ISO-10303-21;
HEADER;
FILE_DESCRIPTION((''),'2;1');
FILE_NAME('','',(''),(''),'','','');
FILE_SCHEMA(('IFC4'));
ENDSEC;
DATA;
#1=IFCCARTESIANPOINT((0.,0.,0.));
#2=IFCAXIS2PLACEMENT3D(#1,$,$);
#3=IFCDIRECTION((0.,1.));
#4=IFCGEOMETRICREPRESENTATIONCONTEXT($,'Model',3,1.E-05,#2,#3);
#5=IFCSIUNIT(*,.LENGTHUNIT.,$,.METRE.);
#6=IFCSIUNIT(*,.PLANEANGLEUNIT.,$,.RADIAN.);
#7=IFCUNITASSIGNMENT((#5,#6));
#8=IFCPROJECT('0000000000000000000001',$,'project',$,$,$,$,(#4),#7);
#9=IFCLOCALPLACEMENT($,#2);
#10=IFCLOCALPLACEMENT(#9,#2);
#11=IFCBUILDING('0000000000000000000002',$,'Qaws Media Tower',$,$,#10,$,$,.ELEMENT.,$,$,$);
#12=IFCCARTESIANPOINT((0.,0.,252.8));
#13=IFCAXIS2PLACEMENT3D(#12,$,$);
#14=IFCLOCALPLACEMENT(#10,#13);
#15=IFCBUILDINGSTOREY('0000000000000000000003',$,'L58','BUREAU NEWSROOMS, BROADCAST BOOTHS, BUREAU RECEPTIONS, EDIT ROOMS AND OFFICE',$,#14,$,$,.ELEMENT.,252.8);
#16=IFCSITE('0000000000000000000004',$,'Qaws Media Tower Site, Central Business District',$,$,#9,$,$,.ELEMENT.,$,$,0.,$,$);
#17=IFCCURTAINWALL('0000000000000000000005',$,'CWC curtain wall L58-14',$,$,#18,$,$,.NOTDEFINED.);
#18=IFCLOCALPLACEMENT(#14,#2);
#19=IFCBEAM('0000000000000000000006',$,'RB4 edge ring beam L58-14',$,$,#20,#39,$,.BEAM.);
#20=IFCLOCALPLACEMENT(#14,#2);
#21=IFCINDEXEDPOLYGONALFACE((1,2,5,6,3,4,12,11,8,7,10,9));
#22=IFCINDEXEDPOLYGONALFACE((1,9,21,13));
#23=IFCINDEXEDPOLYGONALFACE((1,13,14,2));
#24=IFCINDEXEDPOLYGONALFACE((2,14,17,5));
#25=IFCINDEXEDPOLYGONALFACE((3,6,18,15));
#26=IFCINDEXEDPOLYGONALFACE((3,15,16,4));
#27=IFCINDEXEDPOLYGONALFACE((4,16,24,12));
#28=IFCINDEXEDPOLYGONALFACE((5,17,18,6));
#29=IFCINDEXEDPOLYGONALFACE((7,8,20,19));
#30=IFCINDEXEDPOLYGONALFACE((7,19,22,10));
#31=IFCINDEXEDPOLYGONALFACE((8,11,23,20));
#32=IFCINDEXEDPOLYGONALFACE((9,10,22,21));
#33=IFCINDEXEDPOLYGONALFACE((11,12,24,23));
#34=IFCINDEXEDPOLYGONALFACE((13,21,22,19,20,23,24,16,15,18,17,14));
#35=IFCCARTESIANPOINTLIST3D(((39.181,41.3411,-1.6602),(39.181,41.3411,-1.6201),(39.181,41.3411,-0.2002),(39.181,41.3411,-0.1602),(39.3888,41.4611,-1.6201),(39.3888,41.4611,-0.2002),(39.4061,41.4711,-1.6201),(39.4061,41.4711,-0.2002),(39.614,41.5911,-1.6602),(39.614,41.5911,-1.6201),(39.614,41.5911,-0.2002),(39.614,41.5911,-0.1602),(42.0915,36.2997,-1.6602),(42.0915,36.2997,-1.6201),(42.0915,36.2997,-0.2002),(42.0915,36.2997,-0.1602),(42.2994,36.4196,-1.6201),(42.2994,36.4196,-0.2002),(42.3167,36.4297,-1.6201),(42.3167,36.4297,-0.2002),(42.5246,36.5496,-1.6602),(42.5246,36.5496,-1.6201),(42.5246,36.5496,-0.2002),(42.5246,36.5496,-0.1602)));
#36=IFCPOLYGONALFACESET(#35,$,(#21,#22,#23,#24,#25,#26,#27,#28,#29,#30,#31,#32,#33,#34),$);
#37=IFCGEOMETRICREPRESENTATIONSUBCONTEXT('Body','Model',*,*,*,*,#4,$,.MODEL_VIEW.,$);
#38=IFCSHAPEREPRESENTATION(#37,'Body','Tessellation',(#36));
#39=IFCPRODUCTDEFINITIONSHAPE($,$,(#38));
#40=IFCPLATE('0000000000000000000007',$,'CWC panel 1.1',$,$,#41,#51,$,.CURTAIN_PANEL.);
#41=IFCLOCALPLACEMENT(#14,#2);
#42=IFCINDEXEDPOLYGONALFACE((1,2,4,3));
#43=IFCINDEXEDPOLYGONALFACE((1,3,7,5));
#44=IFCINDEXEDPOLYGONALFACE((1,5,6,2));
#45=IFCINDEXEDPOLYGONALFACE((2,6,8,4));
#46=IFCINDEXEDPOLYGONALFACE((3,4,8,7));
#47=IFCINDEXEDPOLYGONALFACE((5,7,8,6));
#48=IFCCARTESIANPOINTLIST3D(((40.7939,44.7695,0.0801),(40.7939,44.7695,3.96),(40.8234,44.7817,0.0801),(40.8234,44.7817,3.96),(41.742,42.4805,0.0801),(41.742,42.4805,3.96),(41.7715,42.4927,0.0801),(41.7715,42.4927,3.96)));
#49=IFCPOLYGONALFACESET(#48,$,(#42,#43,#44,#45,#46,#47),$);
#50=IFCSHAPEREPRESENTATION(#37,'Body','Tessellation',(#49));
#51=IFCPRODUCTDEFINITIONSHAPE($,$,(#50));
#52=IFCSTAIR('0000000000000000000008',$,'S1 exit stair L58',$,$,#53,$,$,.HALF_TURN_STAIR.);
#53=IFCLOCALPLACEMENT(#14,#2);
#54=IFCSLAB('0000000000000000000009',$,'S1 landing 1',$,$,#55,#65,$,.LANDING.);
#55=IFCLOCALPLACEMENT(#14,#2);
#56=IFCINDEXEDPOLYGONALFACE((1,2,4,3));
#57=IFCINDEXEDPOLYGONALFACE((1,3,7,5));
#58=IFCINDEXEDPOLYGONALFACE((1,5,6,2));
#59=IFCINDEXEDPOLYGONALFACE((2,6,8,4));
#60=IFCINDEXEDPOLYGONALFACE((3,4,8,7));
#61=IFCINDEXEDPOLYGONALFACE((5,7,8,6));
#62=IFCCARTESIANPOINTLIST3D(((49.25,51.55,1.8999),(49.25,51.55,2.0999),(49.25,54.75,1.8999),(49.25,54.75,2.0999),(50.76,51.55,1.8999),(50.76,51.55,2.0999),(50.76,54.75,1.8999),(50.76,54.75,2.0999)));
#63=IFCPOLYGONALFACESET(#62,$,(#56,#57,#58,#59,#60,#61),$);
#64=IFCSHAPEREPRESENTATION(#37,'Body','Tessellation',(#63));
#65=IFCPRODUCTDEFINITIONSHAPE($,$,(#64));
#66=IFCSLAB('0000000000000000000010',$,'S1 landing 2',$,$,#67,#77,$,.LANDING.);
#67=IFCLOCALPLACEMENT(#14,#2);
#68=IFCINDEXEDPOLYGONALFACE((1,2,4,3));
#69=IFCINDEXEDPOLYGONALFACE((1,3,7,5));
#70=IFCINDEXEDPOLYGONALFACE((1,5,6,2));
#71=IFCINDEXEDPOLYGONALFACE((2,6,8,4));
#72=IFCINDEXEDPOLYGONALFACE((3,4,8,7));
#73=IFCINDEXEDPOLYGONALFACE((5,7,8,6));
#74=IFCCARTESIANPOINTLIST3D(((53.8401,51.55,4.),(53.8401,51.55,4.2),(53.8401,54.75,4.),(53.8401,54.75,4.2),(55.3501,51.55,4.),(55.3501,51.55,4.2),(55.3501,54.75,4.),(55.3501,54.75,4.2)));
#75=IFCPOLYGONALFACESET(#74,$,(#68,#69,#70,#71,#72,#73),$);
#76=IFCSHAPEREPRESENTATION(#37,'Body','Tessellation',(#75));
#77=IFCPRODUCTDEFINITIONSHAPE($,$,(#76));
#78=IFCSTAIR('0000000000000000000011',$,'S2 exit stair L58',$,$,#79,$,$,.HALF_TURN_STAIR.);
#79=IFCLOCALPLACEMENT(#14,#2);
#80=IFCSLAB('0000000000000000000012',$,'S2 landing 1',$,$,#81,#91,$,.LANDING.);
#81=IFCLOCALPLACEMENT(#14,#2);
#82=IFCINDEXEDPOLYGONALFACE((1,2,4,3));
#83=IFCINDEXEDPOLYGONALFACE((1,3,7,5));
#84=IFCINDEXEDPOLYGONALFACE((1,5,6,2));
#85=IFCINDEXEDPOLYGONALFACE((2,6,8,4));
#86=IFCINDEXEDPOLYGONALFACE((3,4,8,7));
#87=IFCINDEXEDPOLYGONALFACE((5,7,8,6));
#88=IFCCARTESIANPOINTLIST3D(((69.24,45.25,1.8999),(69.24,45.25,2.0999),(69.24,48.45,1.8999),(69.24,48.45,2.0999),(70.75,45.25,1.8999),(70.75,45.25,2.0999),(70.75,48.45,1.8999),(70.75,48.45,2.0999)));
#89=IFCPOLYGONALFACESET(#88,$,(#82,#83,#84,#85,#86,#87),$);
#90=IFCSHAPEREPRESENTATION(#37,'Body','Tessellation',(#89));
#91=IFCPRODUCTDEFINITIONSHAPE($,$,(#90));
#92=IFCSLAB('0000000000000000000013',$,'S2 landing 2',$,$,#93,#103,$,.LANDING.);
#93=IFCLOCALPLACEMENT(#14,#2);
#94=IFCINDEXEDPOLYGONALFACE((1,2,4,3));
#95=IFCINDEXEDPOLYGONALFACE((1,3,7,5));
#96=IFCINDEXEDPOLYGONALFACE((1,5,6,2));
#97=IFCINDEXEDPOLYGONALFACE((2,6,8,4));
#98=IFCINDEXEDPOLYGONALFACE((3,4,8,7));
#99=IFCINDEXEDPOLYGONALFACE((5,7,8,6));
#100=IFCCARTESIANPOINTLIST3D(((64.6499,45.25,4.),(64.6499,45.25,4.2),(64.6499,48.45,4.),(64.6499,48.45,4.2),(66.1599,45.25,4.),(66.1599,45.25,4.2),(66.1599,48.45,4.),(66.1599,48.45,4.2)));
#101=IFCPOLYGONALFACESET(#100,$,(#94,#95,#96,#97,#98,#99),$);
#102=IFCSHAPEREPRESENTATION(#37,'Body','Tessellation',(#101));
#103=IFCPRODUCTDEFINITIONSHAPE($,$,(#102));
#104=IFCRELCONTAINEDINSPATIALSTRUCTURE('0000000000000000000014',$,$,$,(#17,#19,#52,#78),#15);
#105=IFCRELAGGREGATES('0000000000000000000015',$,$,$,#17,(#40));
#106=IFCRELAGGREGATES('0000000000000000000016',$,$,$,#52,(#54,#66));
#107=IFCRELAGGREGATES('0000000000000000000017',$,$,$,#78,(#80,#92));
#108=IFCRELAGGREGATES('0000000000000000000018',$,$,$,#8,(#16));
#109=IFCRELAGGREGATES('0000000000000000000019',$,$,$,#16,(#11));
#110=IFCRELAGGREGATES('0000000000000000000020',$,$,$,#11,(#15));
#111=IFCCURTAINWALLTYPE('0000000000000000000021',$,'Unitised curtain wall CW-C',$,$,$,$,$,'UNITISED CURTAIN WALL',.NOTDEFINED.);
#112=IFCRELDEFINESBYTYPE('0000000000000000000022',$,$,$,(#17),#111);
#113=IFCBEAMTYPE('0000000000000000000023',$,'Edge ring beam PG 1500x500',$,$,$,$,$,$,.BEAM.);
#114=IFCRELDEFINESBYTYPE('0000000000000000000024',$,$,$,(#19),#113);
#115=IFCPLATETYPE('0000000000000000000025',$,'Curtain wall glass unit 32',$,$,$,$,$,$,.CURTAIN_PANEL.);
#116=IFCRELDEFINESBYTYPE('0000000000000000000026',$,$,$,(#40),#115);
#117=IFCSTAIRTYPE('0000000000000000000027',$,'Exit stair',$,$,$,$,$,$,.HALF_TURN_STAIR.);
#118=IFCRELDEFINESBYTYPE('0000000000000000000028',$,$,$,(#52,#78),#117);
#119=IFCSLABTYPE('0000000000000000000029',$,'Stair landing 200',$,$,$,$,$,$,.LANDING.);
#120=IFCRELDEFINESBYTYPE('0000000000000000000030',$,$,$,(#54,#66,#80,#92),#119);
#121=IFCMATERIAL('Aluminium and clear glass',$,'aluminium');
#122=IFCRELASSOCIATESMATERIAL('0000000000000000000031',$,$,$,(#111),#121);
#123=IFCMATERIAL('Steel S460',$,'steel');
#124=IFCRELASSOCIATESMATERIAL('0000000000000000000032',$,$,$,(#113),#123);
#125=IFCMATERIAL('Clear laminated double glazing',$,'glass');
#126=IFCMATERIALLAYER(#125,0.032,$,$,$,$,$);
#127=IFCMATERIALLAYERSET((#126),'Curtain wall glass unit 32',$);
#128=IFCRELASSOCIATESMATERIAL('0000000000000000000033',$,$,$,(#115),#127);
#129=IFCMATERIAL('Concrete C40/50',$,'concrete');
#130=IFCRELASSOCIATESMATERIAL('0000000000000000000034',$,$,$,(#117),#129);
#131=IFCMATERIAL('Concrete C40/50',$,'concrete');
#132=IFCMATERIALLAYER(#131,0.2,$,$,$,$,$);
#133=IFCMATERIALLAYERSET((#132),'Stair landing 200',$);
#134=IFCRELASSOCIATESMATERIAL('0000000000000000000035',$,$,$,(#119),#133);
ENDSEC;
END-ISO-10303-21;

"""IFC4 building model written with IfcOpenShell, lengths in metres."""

from ifc_helpers import new_model, si_unit, direction, frame, origin, origin_2d, place, context, subcontext, project, spatial, polyline, rectangle, i_section, outline, extrude, material, layer, layer_set, material_profile, profile_set, type_object, element, aggregate, save


model = new_model("IFC4")

# Units and contexts
model_context = context("Model", 3, precision=1e-05, world=origin(), true_north=direction((0.0, 1.0)))
body_context = subcontext(model_context, "Body", "Model", "MODEL_VIEW")
ifc_project = project(units=[si_unit("LENGTHUNIT", "METRE"), si_unit("PLANEANGLEUNIT", "RADIAN")], contexts=[model_context])

# Site, building, storey
site_placement = place(None, origin())
site = spatial("IfcSite", under=ifc_project, at=site_placement, Name="Qaws Media Tower Site, Central Business District", CompositionType="ELEMENT", RefElevation=0.0)
building_placement = place(site_placement, origin())
building = spatial("IfcBuilding", under=site, at=building_placement, Name="Qaws Media Tower", CompositionType="ELEMENT")
storey_placement = place(building_placement, frame((0.0, 0.0, 252.8)))
storey = spatial("IfcBuildingStorey", under=building, at=storey_placement, Name="L58", Description="BUREAU NEWSROOMS, BROADCAST BOOTHS, BUREAU RECEPTIONS, EDIT ROOMS AND OFFICE", CompositionType="ELEMENT", Elevation=252.8)

# Curtain wall
ifc_material_1 = material(Name="Aluminium and clear glass", Category="aluminium")
curtain_wall_type = type_object("IfcCurtainWallType", Name="Unitised curtain wall CW-C", ElementType="UNITISED CURTAIN WALL", PredefinedType="NOTDEFINED", material=ifc_material_1)
curtain_wall_placement = place(storey_placement, origin())
curtain_wall = element("IfcCurtainWall", 1, at=curtain_wall_placement, inside=storey, type_object=curtain_wall_type, Name="CWC curtain wall L58-14", PredefinedType="NOTDEFINED")

# Beam
ifc_material_2 = material(Name="Steel S460", Category="steel")
ifc_material_profile_1 = material_profile(ifc_material_2, i_section(OverallWidth=0.5, OverallDepth=1.5, WebThickness=0.02, FlangeThickness=0.04, at=origin_2d()), Name="PG 1500x500")
ifc_profile_set_1 = profile_set([ifc_material_profile_1], Name="Steel S460")
beam_type = type_object("IfcBeamType", Name="Edge ring beam PG 1500x500", PredefinedType="BEAM", material=ifc_profile_set_1)
beam_placement = place(storey_placement, frame((39.3975, 41.4661, -0.9102), z_axis=(0.499991, -0.866031, 0.0), x_axis=(0.866031, 0.499991, 0.0)))
element("IfcBeam", 2, at=beam_placement, inside=storey, type_object=beam_type, Name="RB4 edge ring beam L58-14", PredefinedType="BEAM", context=body_context, shape_type="SweptSolid", body=[
    extrude(i_section(OverallWidth=0.5, OverallDepth=1.5, WebThickness=0.02, FlangeThickness=0.04, at=origin_2d()), origin(), (0.0, 0.0, 1.0), 5.8213),
])

# Plate
ifc_material_3 = material(Name="Clear laminated double glazing", Category="glass")
ifc_layer_1 = layer(ifc_material_3, 0.032)
ifc_layer_set_1 = layer_set([ifc_layer_1], Name="Curtain wall glass unit 32")
plate_type = type_object("IfcPlateType", Name="Curtain wall glass unit 32", PredefinedType="CURTAIN_PANEL", material=ifc_layer_set_1)
plate_placement = place(storey_placement, frame((41.2827, 43.6311, 0.0801), z_axis=(0.0, 0.0, 1.0), x_axis=(0.382683, -0.92388, 0.0)))
plate = element("IfcPlate", 3, at=plate_placement, type_object=plate_type, Name="CWC panel 1.1", PredefinedType="CURTAIN_PANEL", context=body_context, shape_type="SweptSolid", body=[
    extrude(rectangle(XDim=2.4775, YDim=0.032, at=origin_2d()), origin(), (0.0, 0.0, 1.0), 3.8799),
])
aggregate(curtain_wall, [plate])

# Stairs, slabs
ifc_material_4 = material(Name="Concrete C40/50", Category="concrete")
stair_type = type_object("IfcStairType", Name="Exit stair", PredefinedType="HALF_TURN_STAIR", material=ifc_material_4)
stair_1_placement = place(storey_placement, origin())
stair_1 = element("IfcStair", 4, at=stair_1_placement, inside=storey, type_object=stair_type, Name="S1 exit stair L58", PredefinedType="HALF_TURN_STAIR")
ifc_material_5 = material(Name="Concrete C40/50", Category="concrete")
ifc_layer_2 = layer(ifc_material_5, 0.2)
ifc_layer_set_2 = layer_set([ifc_layer_2], Name="Stair landing 200")
slab_type = type_object("IfcSlabType", Name="Stair landing 200", PredefinedType="LANDING", material=ifc_layer_set_2)
slab_1_placement = place(storey_placement, frame((0.0, 0.0, 1.8999)))
slab_1 = element("IfcSlab", 5, at=slab_1_placement, type_object=slab_type, Name="S1 landing 1", PredefinedType="LANDING", context=body_context, shape_type="SweptSolid", body=[
    extrude(outline(polyline([(49.25, 51.55), (50.76, 51.55), (50.76, 54.75), (49.25, 54.75), (49.25, 51.55)])), origin(), (0.0, 0.0, 1.0), 0.2),
])
slab_2_placement = place(storey_placement, frame((0.0, 0.0, 4.0)))
slab_2 = element("IfcSlab", 6, at=slab_2_placement, type_object=slab_type, Name="S1 landing 2", PredefinedType="LANDING", context=body_context, shape_type="SweptSolid", body=[
    extrude(outline(polyline([(53.8401, 51.55), (55.3501, 51.55), (55.3501, 54.75), (53.8401, 54.75), (53.8401, 51.55)])), origin(), (0.0, 0.0, 1.0), 0.2),
])
aggregate(stair_1, [slab_1, slab_2])
stair_2_placement = place(storey_placement, origin())
stair_2 = element("IfcStair", 7, at=stair_2_placement, inside=storey, type_object=stair_type, Name="S2 exit stair L58", PredefinedType="HALF_TURN_STAIR")
slab_3_placement = place(storey_placement, frame((0.0, 0.0, 1.8999)))
slab_3 = element("IfcSlab", 8, at=slab_3_placement, type_object=slab_type, Name="S2 landing 1", PredefinedType="LANDING", context=body_context, shape_type="SweptSolid", body=[
    extrude(outline(polyline([(69.24, 45.25), (70.75, 45.25), (70.75, 48.45), (69.24, 48.45), (69.24, 45.25)])), origin(), (0.0, 0.0, 1.0), 0.2),
])
slab_4_placement = place(storey_placement, frame((0.0, 0.0, 4.0)))
slab_4 = element("IfcSlab", 9, at=slab_4_placement, type_object=slab_type, Name="S2 landing 2", PredefinedType="LANDING", context=body_context, shape_type="SweptSolid", body=[
    extrude(outline(polyline([(64.6499, 45.25), (66.1599, 45.25), (66.1599, 48.45), (64.6499, 48.45), (64.6499, 45.25)])), origin(), (0.0, 0.0, 1.0), 0.2),
])
aggregate(stair_2, [slab_3, slab_4])

save(model, "model.ifc")
